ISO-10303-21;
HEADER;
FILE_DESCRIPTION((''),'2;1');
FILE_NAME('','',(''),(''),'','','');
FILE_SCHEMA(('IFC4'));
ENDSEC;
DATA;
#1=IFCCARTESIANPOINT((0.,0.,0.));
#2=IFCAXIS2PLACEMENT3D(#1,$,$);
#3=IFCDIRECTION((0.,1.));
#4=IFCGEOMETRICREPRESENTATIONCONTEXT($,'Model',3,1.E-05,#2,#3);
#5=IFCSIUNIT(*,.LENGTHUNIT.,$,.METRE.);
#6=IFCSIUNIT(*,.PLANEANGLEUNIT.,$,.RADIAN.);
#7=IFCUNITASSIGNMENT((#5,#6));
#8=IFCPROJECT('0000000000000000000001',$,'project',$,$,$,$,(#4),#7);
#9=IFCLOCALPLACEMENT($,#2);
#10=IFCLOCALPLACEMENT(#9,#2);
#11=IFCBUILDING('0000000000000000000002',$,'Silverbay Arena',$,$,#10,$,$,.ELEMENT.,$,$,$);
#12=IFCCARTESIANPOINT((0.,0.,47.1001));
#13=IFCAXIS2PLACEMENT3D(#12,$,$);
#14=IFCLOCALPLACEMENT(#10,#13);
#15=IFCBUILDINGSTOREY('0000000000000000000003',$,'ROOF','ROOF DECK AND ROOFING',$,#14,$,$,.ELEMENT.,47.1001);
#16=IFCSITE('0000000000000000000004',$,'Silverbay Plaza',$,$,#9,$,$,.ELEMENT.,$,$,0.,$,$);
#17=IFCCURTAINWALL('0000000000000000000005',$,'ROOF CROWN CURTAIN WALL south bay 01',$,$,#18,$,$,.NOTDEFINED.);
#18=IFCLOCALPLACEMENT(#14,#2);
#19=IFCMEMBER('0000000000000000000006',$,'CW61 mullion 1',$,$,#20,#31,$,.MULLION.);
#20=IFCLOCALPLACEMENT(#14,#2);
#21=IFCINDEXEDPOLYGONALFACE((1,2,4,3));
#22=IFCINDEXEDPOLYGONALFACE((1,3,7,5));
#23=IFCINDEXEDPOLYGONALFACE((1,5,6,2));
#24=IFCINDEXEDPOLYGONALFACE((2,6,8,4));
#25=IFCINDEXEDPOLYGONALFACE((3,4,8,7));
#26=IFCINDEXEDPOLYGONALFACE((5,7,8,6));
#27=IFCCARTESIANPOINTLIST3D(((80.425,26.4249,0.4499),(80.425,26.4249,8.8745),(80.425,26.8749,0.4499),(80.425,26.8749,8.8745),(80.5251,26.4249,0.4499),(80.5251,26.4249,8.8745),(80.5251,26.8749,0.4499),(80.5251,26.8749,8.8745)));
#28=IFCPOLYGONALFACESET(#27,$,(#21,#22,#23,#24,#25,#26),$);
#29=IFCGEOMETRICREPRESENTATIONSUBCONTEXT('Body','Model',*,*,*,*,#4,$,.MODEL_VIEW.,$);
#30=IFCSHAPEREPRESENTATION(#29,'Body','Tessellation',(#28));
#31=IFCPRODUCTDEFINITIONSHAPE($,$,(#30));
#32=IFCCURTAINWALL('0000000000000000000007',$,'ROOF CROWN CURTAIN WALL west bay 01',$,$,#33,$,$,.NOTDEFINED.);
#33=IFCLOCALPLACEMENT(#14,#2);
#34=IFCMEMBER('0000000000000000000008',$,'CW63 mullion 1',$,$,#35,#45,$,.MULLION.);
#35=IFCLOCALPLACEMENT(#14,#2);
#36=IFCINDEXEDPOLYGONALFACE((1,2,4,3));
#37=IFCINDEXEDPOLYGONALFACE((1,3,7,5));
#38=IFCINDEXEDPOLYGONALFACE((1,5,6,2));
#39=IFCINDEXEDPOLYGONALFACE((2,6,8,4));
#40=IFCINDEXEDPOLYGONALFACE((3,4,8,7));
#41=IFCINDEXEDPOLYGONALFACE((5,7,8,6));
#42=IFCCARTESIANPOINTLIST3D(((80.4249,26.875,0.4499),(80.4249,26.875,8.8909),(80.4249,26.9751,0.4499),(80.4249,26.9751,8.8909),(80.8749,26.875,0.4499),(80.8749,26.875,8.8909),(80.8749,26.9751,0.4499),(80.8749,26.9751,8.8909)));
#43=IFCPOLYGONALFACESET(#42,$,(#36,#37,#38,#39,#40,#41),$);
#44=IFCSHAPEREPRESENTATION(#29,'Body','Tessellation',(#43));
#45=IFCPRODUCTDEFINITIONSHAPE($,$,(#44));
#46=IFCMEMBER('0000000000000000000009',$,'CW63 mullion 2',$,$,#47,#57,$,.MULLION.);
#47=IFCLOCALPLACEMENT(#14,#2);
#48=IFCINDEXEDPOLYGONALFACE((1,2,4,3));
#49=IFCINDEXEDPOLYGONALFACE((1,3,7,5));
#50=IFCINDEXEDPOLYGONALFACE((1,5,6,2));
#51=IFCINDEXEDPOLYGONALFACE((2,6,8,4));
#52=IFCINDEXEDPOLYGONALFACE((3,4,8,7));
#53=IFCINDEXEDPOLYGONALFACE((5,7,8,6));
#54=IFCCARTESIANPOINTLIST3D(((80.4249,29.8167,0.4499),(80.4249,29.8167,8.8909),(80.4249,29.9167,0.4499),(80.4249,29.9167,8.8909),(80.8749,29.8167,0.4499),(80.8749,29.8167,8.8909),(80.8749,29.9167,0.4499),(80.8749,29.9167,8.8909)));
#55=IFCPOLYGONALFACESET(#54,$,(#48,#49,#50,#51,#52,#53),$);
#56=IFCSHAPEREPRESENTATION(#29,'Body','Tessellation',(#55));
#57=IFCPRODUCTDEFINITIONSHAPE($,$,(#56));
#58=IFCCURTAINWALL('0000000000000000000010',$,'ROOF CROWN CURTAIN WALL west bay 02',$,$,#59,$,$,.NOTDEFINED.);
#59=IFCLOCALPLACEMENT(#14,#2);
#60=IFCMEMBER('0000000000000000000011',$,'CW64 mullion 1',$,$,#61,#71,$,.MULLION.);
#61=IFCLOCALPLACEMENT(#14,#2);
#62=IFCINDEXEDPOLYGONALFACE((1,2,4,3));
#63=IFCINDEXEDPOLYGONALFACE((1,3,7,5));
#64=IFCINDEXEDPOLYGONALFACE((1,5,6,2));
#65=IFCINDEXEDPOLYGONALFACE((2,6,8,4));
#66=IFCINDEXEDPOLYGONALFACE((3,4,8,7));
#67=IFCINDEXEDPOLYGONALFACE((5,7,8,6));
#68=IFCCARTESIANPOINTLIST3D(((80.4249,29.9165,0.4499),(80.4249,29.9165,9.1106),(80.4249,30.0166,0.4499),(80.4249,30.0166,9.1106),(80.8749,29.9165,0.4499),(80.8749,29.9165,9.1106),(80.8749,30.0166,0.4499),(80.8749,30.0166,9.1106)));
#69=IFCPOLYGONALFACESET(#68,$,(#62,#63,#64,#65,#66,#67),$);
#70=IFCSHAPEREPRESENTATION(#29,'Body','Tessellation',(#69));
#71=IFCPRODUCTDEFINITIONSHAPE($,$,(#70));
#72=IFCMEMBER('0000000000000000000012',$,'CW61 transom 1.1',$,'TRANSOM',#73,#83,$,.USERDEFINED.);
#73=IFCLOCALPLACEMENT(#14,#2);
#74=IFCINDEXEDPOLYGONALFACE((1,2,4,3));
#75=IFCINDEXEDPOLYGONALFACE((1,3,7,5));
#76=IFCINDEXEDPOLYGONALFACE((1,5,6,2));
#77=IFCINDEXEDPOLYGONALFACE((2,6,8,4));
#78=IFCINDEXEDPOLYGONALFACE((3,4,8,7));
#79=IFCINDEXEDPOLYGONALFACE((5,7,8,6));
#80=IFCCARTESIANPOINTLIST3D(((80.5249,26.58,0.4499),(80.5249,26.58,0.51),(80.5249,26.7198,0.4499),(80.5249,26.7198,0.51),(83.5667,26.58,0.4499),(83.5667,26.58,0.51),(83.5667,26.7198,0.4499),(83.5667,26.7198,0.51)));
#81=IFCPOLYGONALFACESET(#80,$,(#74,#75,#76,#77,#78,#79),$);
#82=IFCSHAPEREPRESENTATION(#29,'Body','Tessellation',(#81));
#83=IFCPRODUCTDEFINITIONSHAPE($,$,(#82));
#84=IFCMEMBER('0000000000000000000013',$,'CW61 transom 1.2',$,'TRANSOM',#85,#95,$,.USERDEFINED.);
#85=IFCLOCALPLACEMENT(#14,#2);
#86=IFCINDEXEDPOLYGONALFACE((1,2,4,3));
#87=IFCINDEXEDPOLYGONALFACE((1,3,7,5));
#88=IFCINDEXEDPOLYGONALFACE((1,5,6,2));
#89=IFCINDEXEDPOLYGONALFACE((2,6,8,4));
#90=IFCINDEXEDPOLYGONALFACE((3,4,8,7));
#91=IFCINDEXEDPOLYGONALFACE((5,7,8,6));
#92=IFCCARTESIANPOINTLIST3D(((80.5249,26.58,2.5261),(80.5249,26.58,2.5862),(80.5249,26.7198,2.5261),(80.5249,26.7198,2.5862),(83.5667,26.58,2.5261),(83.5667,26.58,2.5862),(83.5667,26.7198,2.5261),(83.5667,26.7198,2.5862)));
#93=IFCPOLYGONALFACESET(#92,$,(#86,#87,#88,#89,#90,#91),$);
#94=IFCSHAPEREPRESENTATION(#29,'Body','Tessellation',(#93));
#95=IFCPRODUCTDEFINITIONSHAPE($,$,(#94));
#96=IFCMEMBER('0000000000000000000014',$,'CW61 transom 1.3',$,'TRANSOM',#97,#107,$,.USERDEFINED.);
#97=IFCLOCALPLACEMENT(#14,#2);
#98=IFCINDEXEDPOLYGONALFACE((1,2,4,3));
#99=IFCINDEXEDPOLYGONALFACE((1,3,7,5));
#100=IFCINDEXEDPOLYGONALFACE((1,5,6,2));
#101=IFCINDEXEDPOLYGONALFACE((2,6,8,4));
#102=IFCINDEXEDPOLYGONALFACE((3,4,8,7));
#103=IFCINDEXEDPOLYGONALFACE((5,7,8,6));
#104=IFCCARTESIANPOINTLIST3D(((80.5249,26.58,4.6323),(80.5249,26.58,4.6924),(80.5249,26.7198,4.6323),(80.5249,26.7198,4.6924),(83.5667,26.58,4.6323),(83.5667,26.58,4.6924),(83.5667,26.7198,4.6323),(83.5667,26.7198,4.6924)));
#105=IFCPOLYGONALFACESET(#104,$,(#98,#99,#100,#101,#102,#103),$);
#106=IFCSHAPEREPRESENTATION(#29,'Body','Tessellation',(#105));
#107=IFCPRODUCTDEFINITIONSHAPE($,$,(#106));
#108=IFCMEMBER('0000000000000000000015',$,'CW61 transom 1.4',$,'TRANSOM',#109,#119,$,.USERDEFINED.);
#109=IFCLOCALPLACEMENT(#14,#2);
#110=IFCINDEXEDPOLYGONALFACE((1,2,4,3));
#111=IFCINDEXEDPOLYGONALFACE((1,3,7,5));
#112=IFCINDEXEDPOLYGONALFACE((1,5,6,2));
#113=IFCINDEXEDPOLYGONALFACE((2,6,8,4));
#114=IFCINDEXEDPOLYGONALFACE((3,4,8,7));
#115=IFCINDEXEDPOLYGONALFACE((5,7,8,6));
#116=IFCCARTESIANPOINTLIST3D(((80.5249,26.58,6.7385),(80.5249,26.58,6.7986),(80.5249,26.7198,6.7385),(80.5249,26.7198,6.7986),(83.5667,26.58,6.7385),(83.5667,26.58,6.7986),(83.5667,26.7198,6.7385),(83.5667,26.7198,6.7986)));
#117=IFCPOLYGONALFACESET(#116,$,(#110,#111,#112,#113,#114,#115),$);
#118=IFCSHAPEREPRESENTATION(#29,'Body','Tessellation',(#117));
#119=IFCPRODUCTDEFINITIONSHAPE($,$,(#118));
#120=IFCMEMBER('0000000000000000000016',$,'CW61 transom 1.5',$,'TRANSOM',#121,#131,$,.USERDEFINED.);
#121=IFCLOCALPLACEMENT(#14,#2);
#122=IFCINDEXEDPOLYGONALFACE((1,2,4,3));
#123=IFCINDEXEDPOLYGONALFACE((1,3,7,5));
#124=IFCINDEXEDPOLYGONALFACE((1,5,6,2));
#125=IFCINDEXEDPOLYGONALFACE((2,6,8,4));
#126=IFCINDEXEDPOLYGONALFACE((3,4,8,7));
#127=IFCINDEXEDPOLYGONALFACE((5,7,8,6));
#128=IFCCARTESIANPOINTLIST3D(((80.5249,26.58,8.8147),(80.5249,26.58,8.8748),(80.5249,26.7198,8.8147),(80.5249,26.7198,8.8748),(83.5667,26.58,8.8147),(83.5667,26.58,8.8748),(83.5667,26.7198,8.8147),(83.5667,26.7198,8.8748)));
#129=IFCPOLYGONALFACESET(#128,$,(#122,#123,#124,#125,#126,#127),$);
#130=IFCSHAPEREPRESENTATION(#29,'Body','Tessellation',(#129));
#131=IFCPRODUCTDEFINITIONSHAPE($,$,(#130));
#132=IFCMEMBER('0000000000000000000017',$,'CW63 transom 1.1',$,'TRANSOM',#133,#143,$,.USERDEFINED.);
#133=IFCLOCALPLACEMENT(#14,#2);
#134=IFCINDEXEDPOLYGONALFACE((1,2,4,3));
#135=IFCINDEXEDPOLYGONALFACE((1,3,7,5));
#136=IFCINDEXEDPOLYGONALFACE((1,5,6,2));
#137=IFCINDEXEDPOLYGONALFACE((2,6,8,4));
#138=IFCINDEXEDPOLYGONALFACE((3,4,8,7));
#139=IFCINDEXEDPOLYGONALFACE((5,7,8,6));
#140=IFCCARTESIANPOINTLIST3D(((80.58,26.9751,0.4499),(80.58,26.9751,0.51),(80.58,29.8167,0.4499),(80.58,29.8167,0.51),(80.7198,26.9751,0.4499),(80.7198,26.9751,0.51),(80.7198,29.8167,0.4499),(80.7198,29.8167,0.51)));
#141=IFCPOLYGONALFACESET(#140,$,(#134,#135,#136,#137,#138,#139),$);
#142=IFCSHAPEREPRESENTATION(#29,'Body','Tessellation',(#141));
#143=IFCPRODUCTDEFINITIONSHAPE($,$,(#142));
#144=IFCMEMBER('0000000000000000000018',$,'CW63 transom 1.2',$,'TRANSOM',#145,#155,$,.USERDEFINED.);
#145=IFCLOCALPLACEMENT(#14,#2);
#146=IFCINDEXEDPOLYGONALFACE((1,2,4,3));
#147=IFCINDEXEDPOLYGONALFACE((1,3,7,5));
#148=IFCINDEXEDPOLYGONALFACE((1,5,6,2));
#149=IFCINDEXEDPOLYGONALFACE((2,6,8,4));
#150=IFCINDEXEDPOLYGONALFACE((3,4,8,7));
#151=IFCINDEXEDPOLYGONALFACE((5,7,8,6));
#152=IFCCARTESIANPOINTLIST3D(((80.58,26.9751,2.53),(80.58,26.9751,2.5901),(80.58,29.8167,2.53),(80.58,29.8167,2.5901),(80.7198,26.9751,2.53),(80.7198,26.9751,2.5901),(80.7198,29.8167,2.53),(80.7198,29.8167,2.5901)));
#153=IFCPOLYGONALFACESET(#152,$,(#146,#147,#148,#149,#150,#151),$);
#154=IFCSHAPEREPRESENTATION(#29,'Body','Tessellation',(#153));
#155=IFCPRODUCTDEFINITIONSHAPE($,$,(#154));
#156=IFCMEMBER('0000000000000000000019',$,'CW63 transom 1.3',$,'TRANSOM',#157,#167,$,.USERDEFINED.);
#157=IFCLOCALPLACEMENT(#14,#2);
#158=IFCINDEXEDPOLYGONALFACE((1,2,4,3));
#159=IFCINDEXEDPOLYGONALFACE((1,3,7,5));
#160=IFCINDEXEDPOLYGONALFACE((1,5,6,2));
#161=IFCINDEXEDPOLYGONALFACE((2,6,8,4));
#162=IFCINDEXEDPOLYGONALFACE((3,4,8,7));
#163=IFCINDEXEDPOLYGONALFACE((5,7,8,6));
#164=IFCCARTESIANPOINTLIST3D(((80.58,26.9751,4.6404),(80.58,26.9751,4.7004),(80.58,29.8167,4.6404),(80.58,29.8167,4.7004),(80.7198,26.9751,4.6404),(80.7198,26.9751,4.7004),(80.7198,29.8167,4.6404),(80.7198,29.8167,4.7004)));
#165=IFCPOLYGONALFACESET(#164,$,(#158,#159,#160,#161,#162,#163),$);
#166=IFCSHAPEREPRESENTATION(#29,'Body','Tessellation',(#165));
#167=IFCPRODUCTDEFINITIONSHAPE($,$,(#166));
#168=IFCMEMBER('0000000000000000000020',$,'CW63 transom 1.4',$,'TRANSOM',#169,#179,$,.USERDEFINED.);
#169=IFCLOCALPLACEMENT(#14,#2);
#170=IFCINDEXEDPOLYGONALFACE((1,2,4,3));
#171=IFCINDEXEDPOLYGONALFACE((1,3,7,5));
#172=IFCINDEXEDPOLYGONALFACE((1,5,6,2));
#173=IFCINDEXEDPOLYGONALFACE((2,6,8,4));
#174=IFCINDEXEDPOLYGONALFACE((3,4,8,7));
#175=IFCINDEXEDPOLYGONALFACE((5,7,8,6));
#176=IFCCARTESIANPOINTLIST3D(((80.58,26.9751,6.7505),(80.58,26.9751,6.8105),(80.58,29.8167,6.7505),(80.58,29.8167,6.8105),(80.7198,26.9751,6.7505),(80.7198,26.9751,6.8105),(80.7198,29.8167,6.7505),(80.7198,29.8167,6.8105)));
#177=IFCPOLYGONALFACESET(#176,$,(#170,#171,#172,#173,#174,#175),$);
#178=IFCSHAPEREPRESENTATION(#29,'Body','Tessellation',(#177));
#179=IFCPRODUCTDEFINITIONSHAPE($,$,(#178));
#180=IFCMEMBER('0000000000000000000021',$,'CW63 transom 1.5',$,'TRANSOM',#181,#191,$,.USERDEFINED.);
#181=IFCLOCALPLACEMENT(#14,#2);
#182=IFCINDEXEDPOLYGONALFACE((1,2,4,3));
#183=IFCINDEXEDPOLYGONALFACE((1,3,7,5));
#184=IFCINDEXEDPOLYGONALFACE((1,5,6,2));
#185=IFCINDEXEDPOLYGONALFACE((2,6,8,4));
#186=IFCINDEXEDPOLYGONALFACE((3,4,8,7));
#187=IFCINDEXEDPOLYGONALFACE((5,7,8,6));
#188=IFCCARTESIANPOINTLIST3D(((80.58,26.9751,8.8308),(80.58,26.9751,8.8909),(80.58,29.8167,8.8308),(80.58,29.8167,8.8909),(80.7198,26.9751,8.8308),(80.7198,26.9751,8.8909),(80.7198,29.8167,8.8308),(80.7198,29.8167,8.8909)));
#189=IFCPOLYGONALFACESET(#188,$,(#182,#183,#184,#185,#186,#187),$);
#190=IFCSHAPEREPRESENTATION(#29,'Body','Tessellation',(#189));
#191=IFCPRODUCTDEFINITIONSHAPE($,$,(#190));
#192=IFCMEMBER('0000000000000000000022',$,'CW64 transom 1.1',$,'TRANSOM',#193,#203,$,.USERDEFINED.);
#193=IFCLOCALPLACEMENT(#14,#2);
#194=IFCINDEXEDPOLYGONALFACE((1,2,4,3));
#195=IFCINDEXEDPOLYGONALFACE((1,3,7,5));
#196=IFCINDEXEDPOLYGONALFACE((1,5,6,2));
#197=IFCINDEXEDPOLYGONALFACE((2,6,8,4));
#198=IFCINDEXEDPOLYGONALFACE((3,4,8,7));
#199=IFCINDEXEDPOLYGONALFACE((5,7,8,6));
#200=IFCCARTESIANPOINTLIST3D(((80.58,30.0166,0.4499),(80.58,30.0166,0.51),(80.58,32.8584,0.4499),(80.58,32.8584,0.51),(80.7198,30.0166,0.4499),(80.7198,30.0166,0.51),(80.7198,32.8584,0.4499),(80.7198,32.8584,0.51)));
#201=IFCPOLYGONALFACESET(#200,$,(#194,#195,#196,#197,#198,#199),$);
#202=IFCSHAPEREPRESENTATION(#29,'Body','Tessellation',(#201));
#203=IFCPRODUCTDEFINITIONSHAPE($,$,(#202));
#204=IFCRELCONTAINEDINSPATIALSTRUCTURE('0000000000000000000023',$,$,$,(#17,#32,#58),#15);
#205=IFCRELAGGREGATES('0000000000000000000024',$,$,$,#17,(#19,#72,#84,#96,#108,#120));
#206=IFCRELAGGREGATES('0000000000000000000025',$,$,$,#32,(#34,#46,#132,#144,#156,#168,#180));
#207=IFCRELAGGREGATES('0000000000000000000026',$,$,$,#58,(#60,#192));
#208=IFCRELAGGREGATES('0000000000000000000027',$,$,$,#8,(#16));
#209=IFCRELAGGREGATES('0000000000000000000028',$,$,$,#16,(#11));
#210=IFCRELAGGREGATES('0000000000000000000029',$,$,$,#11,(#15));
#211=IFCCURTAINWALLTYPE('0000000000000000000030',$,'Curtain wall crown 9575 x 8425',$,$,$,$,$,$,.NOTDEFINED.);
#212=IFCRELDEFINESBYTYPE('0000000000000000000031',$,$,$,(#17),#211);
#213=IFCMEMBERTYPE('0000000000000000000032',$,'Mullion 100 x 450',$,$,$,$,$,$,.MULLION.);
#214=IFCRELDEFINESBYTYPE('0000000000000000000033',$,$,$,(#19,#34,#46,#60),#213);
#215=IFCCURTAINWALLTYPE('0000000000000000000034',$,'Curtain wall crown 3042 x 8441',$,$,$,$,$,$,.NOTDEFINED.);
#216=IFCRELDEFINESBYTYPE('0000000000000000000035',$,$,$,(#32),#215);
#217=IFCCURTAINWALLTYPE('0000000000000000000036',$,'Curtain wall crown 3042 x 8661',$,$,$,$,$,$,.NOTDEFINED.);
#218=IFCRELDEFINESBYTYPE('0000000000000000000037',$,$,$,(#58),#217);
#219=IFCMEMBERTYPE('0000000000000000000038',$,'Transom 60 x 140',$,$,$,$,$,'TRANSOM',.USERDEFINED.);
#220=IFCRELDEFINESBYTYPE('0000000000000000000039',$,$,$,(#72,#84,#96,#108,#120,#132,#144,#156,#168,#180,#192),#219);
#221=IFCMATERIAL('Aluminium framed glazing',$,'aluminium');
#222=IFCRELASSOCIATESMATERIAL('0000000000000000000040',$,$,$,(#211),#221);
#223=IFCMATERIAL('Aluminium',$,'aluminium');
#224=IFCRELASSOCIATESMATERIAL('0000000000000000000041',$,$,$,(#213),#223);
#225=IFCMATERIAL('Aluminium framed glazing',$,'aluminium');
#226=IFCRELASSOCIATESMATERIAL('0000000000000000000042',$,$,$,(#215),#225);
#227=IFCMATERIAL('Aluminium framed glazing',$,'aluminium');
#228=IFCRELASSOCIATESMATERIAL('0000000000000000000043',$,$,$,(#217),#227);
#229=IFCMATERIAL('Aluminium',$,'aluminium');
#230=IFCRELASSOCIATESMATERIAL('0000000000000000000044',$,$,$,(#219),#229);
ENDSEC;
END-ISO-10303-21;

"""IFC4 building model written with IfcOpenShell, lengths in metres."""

from ifc_helpers import new_model, si_unit, direction, frame, origin, origin_2d, place, context, subcontext, project, spatial, rectangle, extrude, material, material_profile, profile_set, type_object, element, aggregate, save


model = new_model("IFC4")

# Units and contexts
model_context = context("Model", 3, precision=1e-05, world=origin(), true_north=direction((0.0, 1.0)))
body_context = subcontext(model_context, "Body", "Model", "MODEL_VIEW")
ifc_project = project(units=[si_unit("LENGTHUNIT", "METRE"), si_unit("PLANEANGLEUNIT", "RADIAN")], contexts=[model_context])

# Site, building, storey
site_placement = place(None, origin())
site = spatial("IfcSite", under=ifc_project, at=site_placement, Name="Silverbay Plaza", CompositionType="ELEMENT", RefElevation=0.0)
building_placement = place(site_placement, origin())
building = spatial("IfcBuilding", under=site, at=building_placement, Name="Silverbay Arena", CompositionType="ELEMENT")
storey_placement = place(building_placement, frame((0.0, 0.0, 47.1001)))
storey = spatial("IfcBuildingStorey", under=building, at=storey_placement, Name="ROOF", Description="ROOF DECK AND ROOFING", CompositionType="ELEMENT", Elevation=47.1001)

# Curtain wall, member
ifc_material_1 = material(Name="Aluminium framed glazing", Category="aluminium")
curtain_wall_type_1 = type_object("IfcCurtainWallType", Name="Curtain wall crown 9575 x 8425", PredefinedType="NOTDEFINED", material=ifc_material_1)
curtain_wall_1_placement = place(storey_placement, origin())
curtain_wall_1 = element("IfcCurtainWall", 1, at=curtain_wall_1_placement, inside=storey, type_object=curtain_wall_type_1, Name="ROOF CROWN CURTAIN WALL south bay 01", PredefinedType="NOTDEFINED")
ifc_material_2 = material(Name="Aluminium", Category="aluminium")
ifc_material_profile_1 = material_profile(ifc_material_2, rectangle(XDim=0.45, YDim=0.1001, at=origin_2d()), Name="Mullion 100 x 450")
ifc_profile_set_1 = profile_set([ifc_material_profile_1], Name="Aluminium")
member_type_1 = type_object("IfcMemberType", Name="Mullion 100 x 450", PredefinedType="MULLION", material=ifc_profile_set_1)
placement = place(building_placement, frame((0.0, 0.0, 33.5)))
member_1_placement = place(placement, frame((80.4751, 26.6499, 14.05), z_axis=(0.0, 0.0, 1.0), x_axis=(0.0, 1.0, 0.0)))
member_1 = element("IfcMember", 2, at=member_1_placement, type_object=member_type_1, Name="CW61 mullion 1", PredefinedType="MULLION", context=body_context, shape_type="SweptSolid", body=[
    extrude(rectangle(XDim=0.45, YDim=0.1001, at=origin_2d()), origin(), (0.0, 0.0, 1.0), 8.4246),
])

# Curtain wall, members
ifc_material_3 = material(Name="Aluminium framed glazing", Category="aluminium")
curtain_wall_type_2 = type_object("IfcCurtainWallType", Name="Curtain wall crown 3042 x 8441", PredefinedType="NOTDEFINED", material=ifc_material_3)
curtain_wall_2_placement = place(storey_placement, origin())
curtain_wall_2 = element("IfcCurtainWall", 3, at=curtain_wall_2_placement, inside=storey, type_object=curtain_wall_type_2, Name="ROOF CROWN CURTAIN WALL west bay 01", PredefinedType="NOTDEFINED")
member_2_placement = place(placement, frame((80.6499, 26.925, 14.05), z_axis=(0.0, 0.0, 1.0), x_axis=(-1.0, 0.0, 0.0)))
member_2 = element("IfcMember", 4, at=member_2_placement, type_object=member_type_1, Name="CW63 mullion 1", PredefinedType="MULLION", context=body_context, shape_type="SweptSolid", body=[
    extrude(rectangle(XDim=0.45, YDim=0.1001, at=origin_2d()), origin(), (0.0, 0.0, 1.0), 8.4409),
])
member_3_placement = place(placement, frame((80.6499, 29.8667, 14.05), z_axis=(0.0, 0.0, 1.0), x_axis=(-1.0, 0.0, 0.0)))
member_3 = element("IfcMember", 5, at=member_3_placement, type_object=member_type_1, Name="CW63 mullion 2", PredefinedType="MULLION", context=body_context, shape_type="SweptSolid", body=[
    extrude(rectangle(XDim=0.45, YDim=0.1001, at=origin_2d()), origin(), (0.0, 0.0, 1.0), 8.4409),
])

# Curtain wall, member
ifc_material_4 = material(Name="Aluminium framed glazing", Category="aluminium")
curtain_wall_type_3 = type_object("IfcCurtainWallType", Name="Curtain wall crown 3042 x 8661", PredefinedType="NOTDEFINED", material=ifc_material_4)
curtain_wall_3_placement = place(storey_placement, origin())
curtain_wall_3 = element("IfcCurtainWall", 6, at=curtain_wall_3_placement, inside=storey, type_object=curtain_wall_type_3, Name="ROOF CROWN CURTAIN WALL west bay 02", PredefinedType="NOTDEFINED")
member_4_placement = place(placement, frame((80.6499, 29.9666, 14.05), z_axis=(0.0, 0.0, 1.0), x_axis=(-1.0, 0.0, 0.0)))
member_4 = element("IfcMember", 7, at=member_4_placement, type_object=member_type_1, Name="CW64 mullion 1", PredefinedType="MULLION", context=body_context, shape_type="SweptSolid", body=[
    extrude(rectangle(XDim=0.45, YDim=0.1001, at=origin_2d()), origin(), (0.0, 0.0, 1.0), 8.6606),
])

# Members
ifc_material_5 = material(Name="Aluminium", Category="aluminium")
ifc_material_profile_2 = material_profile(ifc_material_5, rectangle(XDim=0.1399, YDim=0.0601, at=origin_2d()), Name="Transom 60 x 140")
ifc_profile_set_2 = profile_set([ifc_material_profile_2], Name="Aluminium")
member_type_2 = type_object("IfcMemberType", Name="Transom 60 x 140", ElementType="TRANSOM", PredefinedType="USERDEFINED", material=ifc_profile_set_2)
member_5_placement = place(placement, frame((80.5249, 26.6499, 14.0801), z_axis=(1.0, 0.0, 0.0), x_axis=(0.0, 1.0, 0.0)))
member_5 = element("IfcMember", 8, at=member_5_placement, type_object=member_type_2, Name="CW61 transom 1.1", ObjectType="TRANSOM", PredefinedType="USERDEFINED", context=body_context, shape_type="SweptSolid", body=[
    extrude(rectangle(XDim=0.1399, YDim=0.0601, at=origin_2d()), origin(), (0.0, 0.0, 1.0), 3.0417),
])
member_6_placement = place(placement, frame((80.5249, 26.6499, 16.1562), z_axis=(1.0, 0.0, 0.0), x_axis=(0.0, 1.0, 0.0)))
member_6 = element("IfcMember", 9, at=member_6_placement, type_object=member_type_2, Name="CW61 transom 1.2", ObjectType="TRANSOM", PredefinedType="USERDEFINED", context=body_context, shape_type="SweptSolid", body=[
    extrude(rectangle(XDim=0.1399, YDim=0.0601, at=origin_2d()), origin(), (0.0, 0.0, 1.0), 3.0417),
])
member_7_placement = place(placement, frame((80.5249, 26.6499, 18.2625), z_axis=(1.0, 0.0, 0.0), x_axis=(0.0, 1.0, 0.0)))
member_7 = element("IfcMember", 10, at=member_7_placement, type_object=member_type_2, Name="CW61 transom 1.3", ObjectType="TRANSOM", PredefinedType="USERDEFINED", context=body_context, shape_type="SweptSolid", body=[
    extrude(rectangle(XDim=0.1399, YDim=0.0601, at=origin_2d()), origin(), (0.0, 0.0, 1.0), 3.0417),
])
member_8_placement = place(placement, frame((80.5249, 26.6499, 20.3687), z_axis=(1.0, 0.0, 0.0), x_axis=(0.0, 1.0, 0.0)))
member_8 = element("IfcMember", 11, at=member_8_placement, type_object=member_type_2, Name="CW61 transom 1.4", ObjectType="TRANSOM", PredefinedType="USERDEFINED", context=body_context, shape_type="SweptSolid", body=[
    extrude(rectangle(XDim=0.1399, YDim=0.0601, at=origin_2d()), origin(), (0.0, 0.0, 1.0), 3.0417),
])
member_9_placement = place(placement, frame((80.5249, 26.6499, 22.4448), z_axis=(1.0, 0.0, 0.0), x_axis=(0.0, 1.0, 0.0)))
member_9 = element("IfcMember", 12, at=member_9_placement, type_object=member_type_2, Name="CW61 transom 1.5", ObjectType="TRANSOM", PredefinedType="USERDEFINED", context=body_context, shape_type="SweptSolid", body=[
    extrude(rectangle(XDim=0.1399, YDim=0.0601, at=origin_2d()), origin(), (0.0, 0.0, 1.0), 3.0417),
])
aggregate(curtain_wall_1, [member_1, member_5, member_6, member_7, member_8, member_9])
member_10_placement = place(placement, frame((80.6499, 26.9751, 14.0801), z_axis=(0.0, 1.0, 0.0), x_axis=(-1.0, 0.0, 0.0)))
member_10 = element("IfcMember", 13, at=member_10_placement, type_object=member_type_2, Name="CW63 transom 1.1", ObjectType="TRANSOM", PredefinedType="USERDEFINED", context=body_context, shape_type="SweptSolid", body=[
    extrude(rectangle(XDim=0.1399, YDim=0.0601, at=origin_2d()), origin(), (0.0, 0.0, 1.0), 2.8416),
])
member_11_placement = place(placement, frame((80.6499, 26.9751, 16.1602), z_axis=(0.0, 1.0, 0.0), x_axis=(-1.0, 0.0, 0.0)))
member_11 = element("IfcMember", 14, at=member_11_placement, type_object=member_type_2, Name="CW63 transom 1.2", ObjectType="TRANSOM", PredefinedType="USERDEFINED", context=body_context, shape_type="SweptSolid", body=[
    extrude(rectangle(XDim=0.1399, YDim=0.0601, at=origin_2d()), origin(), (0.0, 0.0, 1.0), 2.8416),
])
member_12_placement = place(placement, frame((80.6499, 26.9751, 18.2705), z_axis=(0.0, 1.0, 0.0), x_axis=(-1.0, 0.0, 0.0)))
member_12 = element("IfcMember", 15, at=member_12_placement, type_object=member_type_2, Name="CW63 transom 1.3", ObjectType="TRANSOM", PredefinedType="USERDEFINED", context=body_context, shape_type="SweptSolid", body=[
    extrude(rectangle(XDim=0.1399, YDim=0.0601, at=origin_2d()), origin(), (0.0, 0.0, 1.0), 2.8416),
])
member_13_placement = place(placement, frame((80.6499, 26.9751, 20.3806), z_axis=(0.0, 1.0, 0.0), x_axis=(-1.0, 0.0, 0.0)))
member_13 = element("IfcMember", 16, at=member_13_placement, type_object=member_type_2, Name="CW63 transom 1.4", ObjectType="TRANSOM", PredefinedType="USERDEFINED", context=body_context, shape_type="SweptSolid", body=[
    extrude(rectangle(XDim=0.1399, YDim=0.0601, at=origin_2d()), origin(), (0.0, 0.0, 1.0), 2.8416),
])
member_14_placement = place(placement, frame((80.6499, 26.9751, 22.4609), z_axis=(0.0, 1.0, 0.0), x_axis=(-1.0, 0.0, 0.0)))
member_14 = element("IfcMember", 17, at=member_14_placement, type_object=member_type_2, Name="CW63 transom 1.5", ObjectType="TRANSOM", PredefinedType="USERDEFINED", context=body_context, shape_type="SweptSolid", body=[
    extrude(rectangle(XDim=0.1399, YDim=0.0601, at=origin_2d()), origin(), (0.0, 0.0, 1.0), 2.8416),
])
member_15_placement = place(placement, frame((80.6499, 30.0166, 14.0801), z_axis=(0.0, 1.0, 0.0), x_axis=(-1.0, 0.0, 0.0)))
member_15 = element("IfcMember", 18, at=member_15_placement, type_object=member_type_2, Name="CW64 transom 1.1", ObjectType="TRANSOM", PredefinedType="USERDEFINED", context=body_context, shape_type="SweptSolid", body=[
    extrude(rectangle(XDim=0.1399, YDim=0.0601, at=origin_2d()), origin(), (0.0, 0.0, 1.0), 2.8418),
])

aggregate(curtain_wall_2, [member_2, member_3, member_10, member_11, member_12, member_13, member_14])
aggregate(curtain_wall_3, [member_4, member_15])

save(model, "model.ifc")
